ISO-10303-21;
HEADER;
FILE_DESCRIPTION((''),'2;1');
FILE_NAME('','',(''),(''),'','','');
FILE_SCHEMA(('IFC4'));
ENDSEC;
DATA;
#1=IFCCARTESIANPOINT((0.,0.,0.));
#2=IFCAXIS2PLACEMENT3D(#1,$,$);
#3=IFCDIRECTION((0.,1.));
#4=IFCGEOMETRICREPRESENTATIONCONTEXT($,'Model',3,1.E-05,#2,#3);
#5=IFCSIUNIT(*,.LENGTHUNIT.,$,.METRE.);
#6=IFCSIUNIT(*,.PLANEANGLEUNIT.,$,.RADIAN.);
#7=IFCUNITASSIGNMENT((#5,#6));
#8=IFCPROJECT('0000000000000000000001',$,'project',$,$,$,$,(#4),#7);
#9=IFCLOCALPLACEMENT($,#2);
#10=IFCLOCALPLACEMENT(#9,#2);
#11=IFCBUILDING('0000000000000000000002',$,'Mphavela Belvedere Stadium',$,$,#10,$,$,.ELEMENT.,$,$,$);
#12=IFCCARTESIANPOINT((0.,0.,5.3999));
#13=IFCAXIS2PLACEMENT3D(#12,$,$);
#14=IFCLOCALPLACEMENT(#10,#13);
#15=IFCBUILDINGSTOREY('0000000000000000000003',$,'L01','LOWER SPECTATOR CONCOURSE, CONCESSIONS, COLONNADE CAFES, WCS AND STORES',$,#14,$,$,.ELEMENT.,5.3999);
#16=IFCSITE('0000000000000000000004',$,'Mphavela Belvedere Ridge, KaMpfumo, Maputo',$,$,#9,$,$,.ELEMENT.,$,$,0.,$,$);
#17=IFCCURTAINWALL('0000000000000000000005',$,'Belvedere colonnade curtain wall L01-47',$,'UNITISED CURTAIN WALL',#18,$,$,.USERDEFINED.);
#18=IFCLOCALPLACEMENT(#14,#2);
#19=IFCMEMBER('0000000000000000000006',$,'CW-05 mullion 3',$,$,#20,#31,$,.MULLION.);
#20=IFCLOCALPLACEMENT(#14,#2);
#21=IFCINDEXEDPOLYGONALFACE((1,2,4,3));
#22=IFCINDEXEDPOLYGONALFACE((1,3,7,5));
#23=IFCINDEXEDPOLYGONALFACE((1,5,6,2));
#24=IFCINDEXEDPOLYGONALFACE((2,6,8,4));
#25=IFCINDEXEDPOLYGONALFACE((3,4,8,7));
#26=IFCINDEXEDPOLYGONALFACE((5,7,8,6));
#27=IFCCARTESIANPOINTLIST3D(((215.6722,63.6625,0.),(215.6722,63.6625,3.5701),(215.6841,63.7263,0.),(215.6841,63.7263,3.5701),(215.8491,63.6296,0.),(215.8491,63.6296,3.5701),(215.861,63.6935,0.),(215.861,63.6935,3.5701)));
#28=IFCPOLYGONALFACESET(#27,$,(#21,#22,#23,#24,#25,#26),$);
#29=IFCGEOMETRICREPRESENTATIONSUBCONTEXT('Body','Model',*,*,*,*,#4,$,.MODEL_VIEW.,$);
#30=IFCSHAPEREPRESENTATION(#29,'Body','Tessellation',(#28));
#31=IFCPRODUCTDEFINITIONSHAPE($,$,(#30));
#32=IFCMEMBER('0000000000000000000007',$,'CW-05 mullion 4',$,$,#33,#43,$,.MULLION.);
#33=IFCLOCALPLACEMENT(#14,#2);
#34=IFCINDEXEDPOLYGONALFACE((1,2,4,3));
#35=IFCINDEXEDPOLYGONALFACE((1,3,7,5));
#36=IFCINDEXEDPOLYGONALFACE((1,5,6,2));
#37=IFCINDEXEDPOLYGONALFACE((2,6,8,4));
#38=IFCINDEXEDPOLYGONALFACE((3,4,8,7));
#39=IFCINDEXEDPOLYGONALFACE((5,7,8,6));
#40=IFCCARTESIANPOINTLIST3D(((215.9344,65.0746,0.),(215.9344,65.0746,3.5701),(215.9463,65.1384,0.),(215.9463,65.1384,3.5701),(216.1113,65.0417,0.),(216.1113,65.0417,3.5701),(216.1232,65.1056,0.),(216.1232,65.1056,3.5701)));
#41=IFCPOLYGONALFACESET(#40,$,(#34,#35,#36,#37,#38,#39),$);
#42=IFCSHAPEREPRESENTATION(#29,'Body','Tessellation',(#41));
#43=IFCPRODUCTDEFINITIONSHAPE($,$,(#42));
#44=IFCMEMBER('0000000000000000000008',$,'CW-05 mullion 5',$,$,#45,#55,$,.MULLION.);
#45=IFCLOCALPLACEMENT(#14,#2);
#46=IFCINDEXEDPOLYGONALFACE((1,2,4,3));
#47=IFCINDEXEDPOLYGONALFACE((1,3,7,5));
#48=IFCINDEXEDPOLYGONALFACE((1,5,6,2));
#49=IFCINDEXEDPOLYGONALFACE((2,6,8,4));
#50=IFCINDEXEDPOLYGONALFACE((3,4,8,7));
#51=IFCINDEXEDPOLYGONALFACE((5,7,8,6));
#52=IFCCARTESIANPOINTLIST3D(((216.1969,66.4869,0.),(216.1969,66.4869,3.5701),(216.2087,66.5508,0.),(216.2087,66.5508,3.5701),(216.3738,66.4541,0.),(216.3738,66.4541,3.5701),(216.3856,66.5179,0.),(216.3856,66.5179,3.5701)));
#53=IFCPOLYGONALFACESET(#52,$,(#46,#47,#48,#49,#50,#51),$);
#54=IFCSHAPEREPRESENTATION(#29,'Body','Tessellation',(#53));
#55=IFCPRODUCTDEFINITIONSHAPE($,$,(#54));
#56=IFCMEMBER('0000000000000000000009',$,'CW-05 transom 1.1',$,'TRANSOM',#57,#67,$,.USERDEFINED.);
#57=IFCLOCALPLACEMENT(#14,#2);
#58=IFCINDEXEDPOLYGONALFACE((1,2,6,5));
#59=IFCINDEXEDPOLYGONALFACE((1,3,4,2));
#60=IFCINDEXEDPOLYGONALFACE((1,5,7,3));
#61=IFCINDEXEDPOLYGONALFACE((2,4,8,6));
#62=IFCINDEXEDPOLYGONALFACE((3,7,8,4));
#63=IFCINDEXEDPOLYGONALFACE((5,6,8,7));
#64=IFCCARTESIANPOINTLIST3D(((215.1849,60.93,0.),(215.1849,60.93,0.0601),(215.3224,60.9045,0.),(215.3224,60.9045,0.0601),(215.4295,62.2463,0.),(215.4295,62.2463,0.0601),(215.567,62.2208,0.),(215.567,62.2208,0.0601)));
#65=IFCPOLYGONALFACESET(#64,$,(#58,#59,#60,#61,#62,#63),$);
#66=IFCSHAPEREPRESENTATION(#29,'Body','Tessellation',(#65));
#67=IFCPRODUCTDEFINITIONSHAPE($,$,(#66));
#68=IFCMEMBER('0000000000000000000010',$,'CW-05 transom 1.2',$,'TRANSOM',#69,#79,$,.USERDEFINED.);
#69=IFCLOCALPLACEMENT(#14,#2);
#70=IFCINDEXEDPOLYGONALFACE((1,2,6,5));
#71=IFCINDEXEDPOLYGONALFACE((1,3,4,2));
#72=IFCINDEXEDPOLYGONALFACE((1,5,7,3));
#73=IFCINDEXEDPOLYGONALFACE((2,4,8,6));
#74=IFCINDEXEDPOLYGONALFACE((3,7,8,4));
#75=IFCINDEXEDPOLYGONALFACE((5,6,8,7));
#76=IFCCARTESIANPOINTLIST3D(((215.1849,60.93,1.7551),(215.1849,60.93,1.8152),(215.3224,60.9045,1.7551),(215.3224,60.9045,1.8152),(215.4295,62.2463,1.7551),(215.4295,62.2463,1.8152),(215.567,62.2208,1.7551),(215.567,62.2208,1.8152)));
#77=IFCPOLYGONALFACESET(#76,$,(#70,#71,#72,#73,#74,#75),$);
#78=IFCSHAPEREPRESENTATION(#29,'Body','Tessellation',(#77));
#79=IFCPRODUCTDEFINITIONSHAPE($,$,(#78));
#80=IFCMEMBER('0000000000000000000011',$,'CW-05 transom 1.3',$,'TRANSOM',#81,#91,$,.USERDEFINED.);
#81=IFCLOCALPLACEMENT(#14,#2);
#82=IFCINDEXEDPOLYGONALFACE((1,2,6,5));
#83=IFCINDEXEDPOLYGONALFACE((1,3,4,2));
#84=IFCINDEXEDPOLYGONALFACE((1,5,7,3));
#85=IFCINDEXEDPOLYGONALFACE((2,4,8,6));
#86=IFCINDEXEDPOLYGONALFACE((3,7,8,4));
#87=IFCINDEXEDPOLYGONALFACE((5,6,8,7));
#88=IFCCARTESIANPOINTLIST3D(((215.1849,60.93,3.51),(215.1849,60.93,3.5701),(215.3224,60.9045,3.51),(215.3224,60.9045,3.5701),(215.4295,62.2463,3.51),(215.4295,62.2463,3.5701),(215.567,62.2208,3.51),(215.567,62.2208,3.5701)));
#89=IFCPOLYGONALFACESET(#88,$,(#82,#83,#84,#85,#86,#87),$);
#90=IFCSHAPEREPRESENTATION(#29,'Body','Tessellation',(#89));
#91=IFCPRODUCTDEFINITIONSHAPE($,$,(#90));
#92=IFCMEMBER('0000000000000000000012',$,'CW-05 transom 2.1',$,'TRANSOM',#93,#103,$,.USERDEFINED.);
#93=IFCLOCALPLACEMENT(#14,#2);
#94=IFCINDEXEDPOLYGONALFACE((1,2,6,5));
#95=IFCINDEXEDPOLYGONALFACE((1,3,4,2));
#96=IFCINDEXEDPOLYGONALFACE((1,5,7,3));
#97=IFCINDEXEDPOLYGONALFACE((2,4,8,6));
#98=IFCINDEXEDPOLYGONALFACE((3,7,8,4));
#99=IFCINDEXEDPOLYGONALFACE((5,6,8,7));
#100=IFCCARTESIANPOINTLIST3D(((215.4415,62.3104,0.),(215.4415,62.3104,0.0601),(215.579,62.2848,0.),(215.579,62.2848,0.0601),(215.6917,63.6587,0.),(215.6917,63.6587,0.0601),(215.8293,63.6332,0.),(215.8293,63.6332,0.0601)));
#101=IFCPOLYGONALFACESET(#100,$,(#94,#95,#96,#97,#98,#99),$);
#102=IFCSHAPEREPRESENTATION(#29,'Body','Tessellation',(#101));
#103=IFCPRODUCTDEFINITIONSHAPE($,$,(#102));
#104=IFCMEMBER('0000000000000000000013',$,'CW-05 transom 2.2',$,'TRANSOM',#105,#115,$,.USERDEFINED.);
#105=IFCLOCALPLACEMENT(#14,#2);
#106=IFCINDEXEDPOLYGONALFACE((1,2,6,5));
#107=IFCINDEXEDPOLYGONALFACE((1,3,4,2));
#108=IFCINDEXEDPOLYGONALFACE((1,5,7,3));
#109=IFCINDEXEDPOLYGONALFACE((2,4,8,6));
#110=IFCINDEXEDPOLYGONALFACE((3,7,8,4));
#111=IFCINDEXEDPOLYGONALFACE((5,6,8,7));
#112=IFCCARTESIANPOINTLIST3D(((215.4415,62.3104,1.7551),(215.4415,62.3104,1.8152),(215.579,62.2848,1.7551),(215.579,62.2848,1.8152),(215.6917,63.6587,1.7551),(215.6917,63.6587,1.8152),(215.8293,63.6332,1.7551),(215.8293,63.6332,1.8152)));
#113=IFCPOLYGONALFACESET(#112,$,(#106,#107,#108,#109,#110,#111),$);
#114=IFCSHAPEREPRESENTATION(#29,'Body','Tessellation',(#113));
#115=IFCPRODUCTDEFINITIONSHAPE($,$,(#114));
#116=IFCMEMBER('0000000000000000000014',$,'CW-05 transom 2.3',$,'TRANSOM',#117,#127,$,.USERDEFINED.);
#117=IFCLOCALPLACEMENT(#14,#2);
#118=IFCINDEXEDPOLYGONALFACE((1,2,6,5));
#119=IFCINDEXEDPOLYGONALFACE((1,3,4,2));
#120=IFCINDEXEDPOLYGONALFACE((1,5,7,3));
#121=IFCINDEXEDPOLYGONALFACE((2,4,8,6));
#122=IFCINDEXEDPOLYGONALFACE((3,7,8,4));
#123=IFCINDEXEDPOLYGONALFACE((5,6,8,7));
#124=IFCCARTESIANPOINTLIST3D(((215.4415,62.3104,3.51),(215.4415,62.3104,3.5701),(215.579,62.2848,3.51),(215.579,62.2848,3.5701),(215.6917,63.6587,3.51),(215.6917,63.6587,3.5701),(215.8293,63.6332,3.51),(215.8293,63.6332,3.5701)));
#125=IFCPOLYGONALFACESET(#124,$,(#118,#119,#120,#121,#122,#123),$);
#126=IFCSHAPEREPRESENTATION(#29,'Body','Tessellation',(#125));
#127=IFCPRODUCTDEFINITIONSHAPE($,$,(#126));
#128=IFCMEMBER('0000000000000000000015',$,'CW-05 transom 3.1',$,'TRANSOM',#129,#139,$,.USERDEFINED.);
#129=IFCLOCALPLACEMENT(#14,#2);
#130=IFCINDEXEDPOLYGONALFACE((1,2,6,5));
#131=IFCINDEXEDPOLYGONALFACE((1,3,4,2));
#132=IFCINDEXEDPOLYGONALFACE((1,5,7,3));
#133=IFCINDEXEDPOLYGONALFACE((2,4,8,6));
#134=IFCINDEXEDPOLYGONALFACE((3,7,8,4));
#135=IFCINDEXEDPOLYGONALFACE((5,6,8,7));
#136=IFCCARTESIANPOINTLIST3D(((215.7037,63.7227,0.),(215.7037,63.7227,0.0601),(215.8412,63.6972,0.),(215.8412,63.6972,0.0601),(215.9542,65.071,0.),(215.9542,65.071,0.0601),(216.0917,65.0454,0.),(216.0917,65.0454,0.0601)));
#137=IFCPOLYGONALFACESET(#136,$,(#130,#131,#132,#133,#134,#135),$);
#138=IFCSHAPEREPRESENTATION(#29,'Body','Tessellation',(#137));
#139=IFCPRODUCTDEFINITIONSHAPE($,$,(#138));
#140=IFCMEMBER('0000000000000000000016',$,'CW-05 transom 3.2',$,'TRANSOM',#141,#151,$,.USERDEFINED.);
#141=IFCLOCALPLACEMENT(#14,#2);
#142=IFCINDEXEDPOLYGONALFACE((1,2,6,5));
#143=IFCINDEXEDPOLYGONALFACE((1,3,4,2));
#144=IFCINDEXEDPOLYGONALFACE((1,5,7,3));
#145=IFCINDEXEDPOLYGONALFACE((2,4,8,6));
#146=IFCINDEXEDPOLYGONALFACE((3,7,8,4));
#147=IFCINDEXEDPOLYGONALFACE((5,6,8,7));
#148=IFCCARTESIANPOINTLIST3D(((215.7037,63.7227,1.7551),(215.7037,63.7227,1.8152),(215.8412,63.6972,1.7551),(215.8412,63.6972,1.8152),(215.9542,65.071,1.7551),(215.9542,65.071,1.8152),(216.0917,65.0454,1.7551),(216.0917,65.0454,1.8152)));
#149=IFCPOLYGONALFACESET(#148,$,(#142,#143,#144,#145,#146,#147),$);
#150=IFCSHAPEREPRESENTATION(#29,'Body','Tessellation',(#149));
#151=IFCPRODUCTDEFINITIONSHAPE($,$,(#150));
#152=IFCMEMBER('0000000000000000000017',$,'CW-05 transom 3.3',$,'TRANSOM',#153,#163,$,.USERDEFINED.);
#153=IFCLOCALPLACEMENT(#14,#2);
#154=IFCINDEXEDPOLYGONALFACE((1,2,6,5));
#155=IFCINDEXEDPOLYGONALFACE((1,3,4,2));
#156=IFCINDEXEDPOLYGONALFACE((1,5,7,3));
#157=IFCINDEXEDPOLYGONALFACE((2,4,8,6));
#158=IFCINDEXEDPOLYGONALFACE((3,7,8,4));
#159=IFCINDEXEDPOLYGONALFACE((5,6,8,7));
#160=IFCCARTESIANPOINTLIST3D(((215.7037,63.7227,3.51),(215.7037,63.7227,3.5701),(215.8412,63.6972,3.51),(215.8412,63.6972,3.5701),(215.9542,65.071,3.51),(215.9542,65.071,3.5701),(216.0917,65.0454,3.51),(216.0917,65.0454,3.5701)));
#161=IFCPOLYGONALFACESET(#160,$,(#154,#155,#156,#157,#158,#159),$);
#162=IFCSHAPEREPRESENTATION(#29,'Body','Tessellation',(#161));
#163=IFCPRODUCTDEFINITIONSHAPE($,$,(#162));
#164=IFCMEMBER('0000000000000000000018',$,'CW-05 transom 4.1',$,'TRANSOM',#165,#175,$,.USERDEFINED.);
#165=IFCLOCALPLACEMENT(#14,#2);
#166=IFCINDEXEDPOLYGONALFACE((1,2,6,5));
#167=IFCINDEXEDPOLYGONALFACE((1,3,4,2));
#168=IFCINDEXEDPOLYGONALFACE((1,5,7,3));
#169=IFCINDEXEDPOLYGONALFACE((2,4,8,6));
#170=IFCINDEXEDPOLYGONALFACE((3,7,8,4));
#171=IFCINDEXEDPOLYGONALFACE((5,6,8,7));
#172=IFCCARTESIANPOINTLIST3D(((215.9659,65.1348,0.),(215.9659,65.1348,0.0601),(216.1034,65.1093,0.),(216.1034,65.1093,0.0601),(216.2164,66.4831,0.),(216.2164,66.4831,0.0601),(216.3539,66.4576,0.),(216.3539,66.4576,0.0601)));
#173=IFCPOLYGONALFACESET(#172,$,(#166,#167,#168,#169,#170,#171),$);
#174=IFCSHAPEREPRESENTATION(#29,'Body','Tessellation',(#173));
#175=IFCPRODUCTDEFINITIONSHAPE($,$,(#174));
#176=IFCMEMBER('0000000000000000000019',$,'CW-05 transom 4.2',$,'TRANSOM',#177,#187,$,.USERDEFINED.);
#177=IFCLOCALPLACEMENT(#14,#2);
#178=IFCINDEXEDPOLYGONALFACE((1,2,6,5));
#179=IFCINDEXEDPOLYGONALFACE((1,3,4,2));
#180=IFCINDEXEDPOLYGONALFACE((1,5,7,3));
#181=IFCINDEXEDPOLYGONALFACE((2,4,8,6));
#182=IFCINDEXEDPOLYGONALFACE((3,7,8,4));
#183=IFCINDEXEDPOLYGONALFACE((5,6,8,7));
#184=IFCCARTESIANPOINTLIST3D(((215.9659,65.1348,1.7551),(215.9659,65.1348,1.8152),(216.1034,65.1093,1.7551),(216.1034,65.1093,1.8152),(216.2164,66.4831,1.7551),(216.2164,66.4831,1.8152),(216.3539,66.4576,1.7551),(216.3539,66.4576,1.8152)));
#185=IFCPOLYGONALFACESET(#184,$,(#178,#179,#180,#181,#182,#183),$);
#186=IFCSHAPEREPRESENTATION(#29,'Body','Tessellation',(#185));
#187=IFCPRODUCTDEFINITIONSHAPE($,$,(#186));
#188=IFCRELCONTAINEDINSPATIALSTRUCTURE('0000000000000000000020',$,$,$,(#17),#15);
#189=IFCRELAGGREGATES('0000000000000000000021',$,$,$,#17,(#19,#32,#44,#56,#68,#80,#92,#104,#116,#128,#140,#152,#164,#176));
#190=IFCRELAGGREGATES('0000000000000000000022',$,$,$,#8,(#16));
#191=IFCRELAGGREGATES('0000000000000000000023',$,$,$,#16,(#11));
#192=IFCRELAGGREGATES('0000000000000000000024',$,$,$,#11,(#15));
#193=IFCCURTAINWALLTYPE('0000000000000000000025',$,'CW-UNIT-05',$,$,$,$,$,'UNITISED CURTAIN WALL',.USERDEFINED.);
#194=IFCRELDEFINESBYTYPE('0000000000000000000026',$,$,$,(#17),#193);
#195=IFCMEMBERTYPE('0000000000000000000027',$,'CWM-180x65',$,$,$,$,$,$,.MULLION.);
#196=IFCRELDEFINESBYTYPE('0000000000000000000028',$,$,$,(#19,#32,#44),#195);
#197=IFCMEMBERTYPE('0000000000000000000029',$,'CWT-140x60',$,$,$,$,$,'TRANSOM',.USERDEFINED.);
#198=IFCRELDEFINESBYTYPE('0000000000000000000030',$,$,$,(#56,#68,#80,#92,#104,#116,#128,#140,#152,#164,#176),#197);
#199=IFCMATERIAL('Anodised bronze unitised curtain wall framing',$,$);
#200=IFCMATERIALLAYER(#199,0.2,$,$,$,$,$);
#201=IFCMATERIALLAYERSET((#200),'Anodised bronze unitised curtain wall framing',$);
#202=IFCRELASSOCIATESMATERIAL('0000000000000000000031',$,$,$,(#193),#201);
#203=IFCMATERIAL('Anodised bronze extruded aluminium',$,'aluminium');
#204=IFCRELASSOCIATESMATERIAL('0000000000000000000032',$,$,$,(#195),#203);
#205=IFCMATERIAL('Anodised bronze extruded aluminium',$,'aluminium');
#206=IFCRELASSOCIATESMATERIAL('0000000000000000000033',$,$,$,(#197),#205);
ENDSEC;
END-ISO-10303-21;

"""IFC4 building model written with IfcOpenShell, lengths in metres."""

from ifc_helpers import new_model, si_unit, direction, frame, origin, origin_2d, place, context, subcontext, project, spatial, rectangle, extrude, material, layer, layer_set, material_profile, profile_set, type_object, element, aggregate, save


model = new_model("IFC4")

# Units and contexts
model_context = context("Model", 3, precision=1e-05, world=origin(), true_north=direction((0.0, 1.0)))
body_context = subcontext(model_context, "Body", "Model", "MODEL_VIEW")
ifc_project = project(units=[si_unit("LENGTHUNIT", "METRE"), si_unit("PLANEANGLEUNIT", "RADIAN")], contexts=[model_context])

# Site, building, storey
site_placement = place(None, origin())
site = spatial("IfcSite", under=ifc_project, at=site_placement, Name="Mphavela Belvedere Ridge, KaMpfumo, Maputo", CompositionType="ELEMENT", RefElevation=0.0)
building_placement = place(site_placement, origin())
building = spatial("IfcBuilding", under=site, at=building_placement, Name="Mphavela Belvedere Stadium", CompositionType="ELEMENT")
storey_placement = place(building_placement, frame((0.0, 0.0, 5.3999)))
storey = spatial("IfcBuildingStorey", under=building, at=storey_placement, Name="L01", Description="LOWER SPECTATOR CONCOURSE, CONCESSIONS, COLONNADE CAFES, WCS AND STORES", CompositionType="ELEMENT", Elevation=5.3999)

# Curtain wall, members
ifc_material_1 = material(Name="Anodised bronze unitised curtain wall framing")
ifc_layer_1 = layer(ifc_material_1, 0.2)
ifc_layer_set_1 = layer_set([ifc_layer_1], Name="Anodised bronze unitised curtain wall framing")
curtain_wall_type = type_object("IfcCurtainWallType", Name="CW-UNIT-05", ElementType="UNITISED CURTAIN WALL", PredefinedType="USERDEFINED", material=ifc_layer_set_1)
curtain_wall_placement = place(storey_placement, origin())
curtain_wall = element("IfcCurtainWall", 1, at=curtain_wall_placement, inside=storey, type_object=curtain_wall_type, Name="Belvedere colonnade curtain wall L01-47", ObjectType="UNITISED CURTAIN WALL", PredefinedType="USERDEFINED")
ifc_material_2 = material(Name="Anodised bronze extruded aluminium", Category="aluminium")
ifc_material_profile_1 = material_profile(ifc_material_2, rectangle(XDim=0.1799, YDim=0.0649, at=origin_2d()), Name="CW-MUL 180x65")
ifc_profile_set_1 = profile_set([ifc_material_profile_1], Name="Anodised bronze extruded aluminium")
member_type_1 = type_object("IfcMemberType", Name="CWM-180x65", PredefinedType="MULLION", material=ifc_profile_set_1)
member_1_placement = place(storey_placement, frame((215.7666, 63.678, 0.0), z_axis=(0.0, 0.0, 1.0), x_axis=(-0.983184, 0.18262, 0.0)))
member_1 = element("IfcMember", 2, at=member_1_placement, type_object=member_type_1, Name="CW-05 mullion 3", PredefinedType="MULLION", context=body_context, shape_type="SweptSolid", body=[
    extrude(rectangle(XDim=0.1799, YDim=0.0649, at=origin_2d()), origin(), (0.0, 0.0, 1.0), 3.5701),
])
member_2_placement = place(storey_placement, frame((216.0288, 65.0901, 0.0), z_axis=(0.0, 0.0, 1.0), x_axis=(-0.983184, 0.18262, 0.0)))
member_2 = element("IfcMember", 3, at=member_2_placement, type_object=member_type_1, Name="CW-05 mullion 4", PredefinedType="MULLION", context=body_context, shape_type="SweptSolid", body=[
    extrude(rectangle(XDim=0.1799, YDim=0.0649, at=origin_2d()), origin(), (0.0, 0.0, 1.0), 3.5701),
])
member_3_placement = place(storey_placement, frame((216.2913, 66.5024, 0.0), z_axis=(0.0, 0.0, 1.0), x_axis=(-0.983184, 0.18262, 0.0)))
member_3 = element("IfcMember", 4, at=member_3_placement, type_object=member_type_1, Name="CW-05 mullion 5", PredefinedType="MULLION", context=body_context, shape_type="SweptSolid", body=[
    extrude(rectangle(XDim=0.1799, YDim=0.0649, at=origin_2d()), origin(), (0.0, 0.0, 1.0), 3.5701),
])
ifc_material_3 = material(Name="Anodised bronze extruded aluminium", Category="aluminium")
ifc_material_profile_2 = material_profile(ifc_material_3, rectangle(XDim=0.1399, YDim=0.0601, at=origin_2d()), Name="CW-TRN 140x60")
ifc_profile_set_2 = profile_set([ifc_material_profile_2], Name="Anodised bronze extruded aluminium")
member_type_2 = type_object("IfcMemberType", Name="CWT-140x60", ElementType="TRANSOM", PredefinedType="USERDEFINED", material=ifc_profile_set_2)
member_4_placement = place(storey_placement, frame((215.2537, 60.9172, 0.03), z_axis=(0.182703, 0.983168, 0.0), x_axis=(-0.983168, 0.182703, 0.0)))
member_4 = element("IfcMember", 5, at=member_4_placement, type_object=member_type_2, Name="CW-05 transom 1.1", ObjectType="TRANSOM", PredefinedType="USERDEFINED", context=body_context, shape_type="SweptSolid", body=[
    extrude(rectangle(XDim=0.1399, YDim=0.0601, at=origin_2d()), origin(), (0.0, 0.0, 1.0), 1.3389),
])
member_5_placement = place(storey_placement, frame((215.2537, 60.9172, 1.7852), z_axis=(0.182703, 0.983168, 0.0), x_axis=(-0.983168, 0.182703, 0.0)))
member_5 = element("IfcMember", 6, at=member_5_placement, type_object=member_type_2, Name="CW-05 transom 1.2", ObjectType="TRANSOM", PredefinedType="USERDEFINED", context=body_context, shape_type="SweptSolid", body=[
    extrude(rectangle(XDim=0.1399, YDim=0.0601, at=origin_2d()), origin(), (0.0, 0.0, 1.0), 1.3389),
])
member_6_placement = place(storey_placement, frame((215.2537, 60.9172, 3.54), z_axis=(0.182703, 0.983168, 0.0), x_axis=(-0.983168, 0.182703, 0.0)))
member_6 = element("IfcMember", 7, at=member_6_placement, type_object=member_type_2, Name="CW-05 transom 1.3", ObjectType="TRANSOM", PredefinedType="USERDEFINED", context=body_context, shape_type="SweptSolid", body=[
    extrude(rectangle(XDim=0.1399, YDim=0.0601, at=origin_2d()), origin(), (0.0, 0.0, 1.0), 1.3389),
])
member_7_placement = place(storey_placement, frame((215.5103, 62.2976, 0.03), z_axis=(0.182472, 0.983211, 0.0), x_axis=(-0.983211, 0.182472, 0.0)))
member_7 = element("IfcMember", 8, at=member_7_placement, type_object=member_type_2, Name="CW-05 transom 2.1", ObjectType="TRANSOM", PredefinedType="USERDEFINED", context=body_context, shape_type="SweptSolid", body=[
    extrude(rectangle(XDim=0.1399, YDim=0.0601, at=origin_2d()), origin(), (0.0, 0.0, 1.0), 1.3713),
])
member_8_placement = place(storey_placement, frame((215.5103, 62.2976, 1.7852), z_axis=(0.182472, 0.983211, 0.0), x_axis=(-0.983211, 0.182472, 0.0)))
member_8 = element("IfcMember", 9, at=member_8_placement, type_object=member_type_2, Name="CW-05 transom 2.2", ObjectType="TRANSOM", PredefinedType="USERDEFINED", context=body_context, shape_type="SweptSolid", body=[
    extrude(rectangle(XDim=0.1399, YDim=0.0601, at=origin_2d()), origin(), (0.0, 0.0, 1.0), 1.3713),
])
member_9_placement = place(storey_placement, frame((215.5103, 62.2976, 3.54), z_axis=(0.182472, 0.983211, 0.0), x_axis=(-0.983211, 0.182472, 0.0)))
member_9 = element("IfcMember", 10, at=member_9_placement, type_object=member_type_2, Name="CW-05 transom 2.3", ObjectType="TRANSOM", PredefinedType="USERDEFINED", context=body_context, shape_type="SweptSolid", body=[
    extrude(rectangle(XDim=0.1399, YDim=0.0601, at=origin_2d()), origin(), (0.0, 0.0, 1.0), 1.3713),
])
member_10_placement = place(storey_placement, frame((215.7725, 63.71, 0.03), z_axis=(0.182676, 0.983173, 0.0), x_axis=(-0.983173, 0.182676, 0.0)))
member_10 = element("IfcMember", 11, at=member_10_placement, type_object=member_type_2, Name="CW-05 transom 3.1", ObjectType="TRANSOM", PredefinedType="USERDEFINED", context=body_context, shape_type="SweptSolid", body=[
    extrude(rectangle(XDim=0.1399, YDim=0.0601, at=origin_2d()), origin(), (0.0, 0.0, 1.0), 1.3713),
])
member_11_placement = place(storey_placement, frame((215.7725, 63.71, 1.7852), z_axis=(0.182676, 0.983173, 0.0), x_axis=(-0.983173, 0.182676, 0.0)))
member_11 = element("IfcMember", 12, at=member_11_placement, type_object=member_type_2, Name="CW-05 transom 3.2", ObjectType="TRANSOM", PredefinedType="USERDEFINED", context=body_context, shape_type="SweptSolid", body=[
    extrude(rectangle(XDim=0.1399, YDim=0.0601, at=origin_2d()), origin(), (0.0, 0.0, 1.0), 1.3713),
])
member_12_placement = place(storey_placement, frame((215.7725, 63.71, 3.54), z_axis=(0.182676, 0.983173, 0.0), x_axis=(-0.983173, 0.182676, 0.0)))
member_12 = element("IfcMember", 13, at=member_12_placement, type_object=member_type_2, Name="CW-05 transom 3.3", ObjectType="TRANSOM", PredefinedType="USERDEFINED", context=body_context, shape_type="SweptSolid", body=[
    extrude(rectangle(XDim=0.1399, YDim=0.0601, at=origin_2d()), origin(), (0.0, 0.0, 1.0), 1.3713),
])
member_13_placement = place(storey_placement, frame((216.0347, 65.1221, 0.03), z_axis=(0.182644, 0.983179, 0.0), x_axis=(-0.983179, 0.182644, 0.0)))
member_13 = element("IfcMember", 14, at=member_13_placement, type_object=member_type_2, Name="CW-05 transom 4.1", ObjectType="TRANSOM", PredefinedType="USERDEFINED", context=body_context, shape_type="SweptSolid", body=[
    extrude(rectangle(XDim=0.1399, YDim=0.0601, at=origin_2d()), origin(), (0.0, 0.0, 1.0), 1.3713),
])
member_14_placement = place(storey_placement, frame((216.0347, 65.1221, 1.7852), z_axis=(0.182644, 0.983179, 0.0), x_axis=(-0.983179, 0.182644, 0.0)))
member_14 = element("IfcMember", 15, at=member_14_placement, type_object=member_type_2, Name="CW-05 transom 4.2", ObjectType="TRANSOM", PredefinedType="USERDEFINED", context=body_context, shape_type="SweptSolid", body=[
    extrude(rectangle(XDim=0.1399, YDim=0.0601, at=origin_2d()), origin(), (0.0, 0.0, 1.0), 1.3713),
])
aggregate(curtain_wall, [member_1, member_2, member_3, member_4, member_5, member_6, member_7, member_8, member_9, member_10, member_11, member_12, member_13, member_14])

save(model, "model.ifc")
